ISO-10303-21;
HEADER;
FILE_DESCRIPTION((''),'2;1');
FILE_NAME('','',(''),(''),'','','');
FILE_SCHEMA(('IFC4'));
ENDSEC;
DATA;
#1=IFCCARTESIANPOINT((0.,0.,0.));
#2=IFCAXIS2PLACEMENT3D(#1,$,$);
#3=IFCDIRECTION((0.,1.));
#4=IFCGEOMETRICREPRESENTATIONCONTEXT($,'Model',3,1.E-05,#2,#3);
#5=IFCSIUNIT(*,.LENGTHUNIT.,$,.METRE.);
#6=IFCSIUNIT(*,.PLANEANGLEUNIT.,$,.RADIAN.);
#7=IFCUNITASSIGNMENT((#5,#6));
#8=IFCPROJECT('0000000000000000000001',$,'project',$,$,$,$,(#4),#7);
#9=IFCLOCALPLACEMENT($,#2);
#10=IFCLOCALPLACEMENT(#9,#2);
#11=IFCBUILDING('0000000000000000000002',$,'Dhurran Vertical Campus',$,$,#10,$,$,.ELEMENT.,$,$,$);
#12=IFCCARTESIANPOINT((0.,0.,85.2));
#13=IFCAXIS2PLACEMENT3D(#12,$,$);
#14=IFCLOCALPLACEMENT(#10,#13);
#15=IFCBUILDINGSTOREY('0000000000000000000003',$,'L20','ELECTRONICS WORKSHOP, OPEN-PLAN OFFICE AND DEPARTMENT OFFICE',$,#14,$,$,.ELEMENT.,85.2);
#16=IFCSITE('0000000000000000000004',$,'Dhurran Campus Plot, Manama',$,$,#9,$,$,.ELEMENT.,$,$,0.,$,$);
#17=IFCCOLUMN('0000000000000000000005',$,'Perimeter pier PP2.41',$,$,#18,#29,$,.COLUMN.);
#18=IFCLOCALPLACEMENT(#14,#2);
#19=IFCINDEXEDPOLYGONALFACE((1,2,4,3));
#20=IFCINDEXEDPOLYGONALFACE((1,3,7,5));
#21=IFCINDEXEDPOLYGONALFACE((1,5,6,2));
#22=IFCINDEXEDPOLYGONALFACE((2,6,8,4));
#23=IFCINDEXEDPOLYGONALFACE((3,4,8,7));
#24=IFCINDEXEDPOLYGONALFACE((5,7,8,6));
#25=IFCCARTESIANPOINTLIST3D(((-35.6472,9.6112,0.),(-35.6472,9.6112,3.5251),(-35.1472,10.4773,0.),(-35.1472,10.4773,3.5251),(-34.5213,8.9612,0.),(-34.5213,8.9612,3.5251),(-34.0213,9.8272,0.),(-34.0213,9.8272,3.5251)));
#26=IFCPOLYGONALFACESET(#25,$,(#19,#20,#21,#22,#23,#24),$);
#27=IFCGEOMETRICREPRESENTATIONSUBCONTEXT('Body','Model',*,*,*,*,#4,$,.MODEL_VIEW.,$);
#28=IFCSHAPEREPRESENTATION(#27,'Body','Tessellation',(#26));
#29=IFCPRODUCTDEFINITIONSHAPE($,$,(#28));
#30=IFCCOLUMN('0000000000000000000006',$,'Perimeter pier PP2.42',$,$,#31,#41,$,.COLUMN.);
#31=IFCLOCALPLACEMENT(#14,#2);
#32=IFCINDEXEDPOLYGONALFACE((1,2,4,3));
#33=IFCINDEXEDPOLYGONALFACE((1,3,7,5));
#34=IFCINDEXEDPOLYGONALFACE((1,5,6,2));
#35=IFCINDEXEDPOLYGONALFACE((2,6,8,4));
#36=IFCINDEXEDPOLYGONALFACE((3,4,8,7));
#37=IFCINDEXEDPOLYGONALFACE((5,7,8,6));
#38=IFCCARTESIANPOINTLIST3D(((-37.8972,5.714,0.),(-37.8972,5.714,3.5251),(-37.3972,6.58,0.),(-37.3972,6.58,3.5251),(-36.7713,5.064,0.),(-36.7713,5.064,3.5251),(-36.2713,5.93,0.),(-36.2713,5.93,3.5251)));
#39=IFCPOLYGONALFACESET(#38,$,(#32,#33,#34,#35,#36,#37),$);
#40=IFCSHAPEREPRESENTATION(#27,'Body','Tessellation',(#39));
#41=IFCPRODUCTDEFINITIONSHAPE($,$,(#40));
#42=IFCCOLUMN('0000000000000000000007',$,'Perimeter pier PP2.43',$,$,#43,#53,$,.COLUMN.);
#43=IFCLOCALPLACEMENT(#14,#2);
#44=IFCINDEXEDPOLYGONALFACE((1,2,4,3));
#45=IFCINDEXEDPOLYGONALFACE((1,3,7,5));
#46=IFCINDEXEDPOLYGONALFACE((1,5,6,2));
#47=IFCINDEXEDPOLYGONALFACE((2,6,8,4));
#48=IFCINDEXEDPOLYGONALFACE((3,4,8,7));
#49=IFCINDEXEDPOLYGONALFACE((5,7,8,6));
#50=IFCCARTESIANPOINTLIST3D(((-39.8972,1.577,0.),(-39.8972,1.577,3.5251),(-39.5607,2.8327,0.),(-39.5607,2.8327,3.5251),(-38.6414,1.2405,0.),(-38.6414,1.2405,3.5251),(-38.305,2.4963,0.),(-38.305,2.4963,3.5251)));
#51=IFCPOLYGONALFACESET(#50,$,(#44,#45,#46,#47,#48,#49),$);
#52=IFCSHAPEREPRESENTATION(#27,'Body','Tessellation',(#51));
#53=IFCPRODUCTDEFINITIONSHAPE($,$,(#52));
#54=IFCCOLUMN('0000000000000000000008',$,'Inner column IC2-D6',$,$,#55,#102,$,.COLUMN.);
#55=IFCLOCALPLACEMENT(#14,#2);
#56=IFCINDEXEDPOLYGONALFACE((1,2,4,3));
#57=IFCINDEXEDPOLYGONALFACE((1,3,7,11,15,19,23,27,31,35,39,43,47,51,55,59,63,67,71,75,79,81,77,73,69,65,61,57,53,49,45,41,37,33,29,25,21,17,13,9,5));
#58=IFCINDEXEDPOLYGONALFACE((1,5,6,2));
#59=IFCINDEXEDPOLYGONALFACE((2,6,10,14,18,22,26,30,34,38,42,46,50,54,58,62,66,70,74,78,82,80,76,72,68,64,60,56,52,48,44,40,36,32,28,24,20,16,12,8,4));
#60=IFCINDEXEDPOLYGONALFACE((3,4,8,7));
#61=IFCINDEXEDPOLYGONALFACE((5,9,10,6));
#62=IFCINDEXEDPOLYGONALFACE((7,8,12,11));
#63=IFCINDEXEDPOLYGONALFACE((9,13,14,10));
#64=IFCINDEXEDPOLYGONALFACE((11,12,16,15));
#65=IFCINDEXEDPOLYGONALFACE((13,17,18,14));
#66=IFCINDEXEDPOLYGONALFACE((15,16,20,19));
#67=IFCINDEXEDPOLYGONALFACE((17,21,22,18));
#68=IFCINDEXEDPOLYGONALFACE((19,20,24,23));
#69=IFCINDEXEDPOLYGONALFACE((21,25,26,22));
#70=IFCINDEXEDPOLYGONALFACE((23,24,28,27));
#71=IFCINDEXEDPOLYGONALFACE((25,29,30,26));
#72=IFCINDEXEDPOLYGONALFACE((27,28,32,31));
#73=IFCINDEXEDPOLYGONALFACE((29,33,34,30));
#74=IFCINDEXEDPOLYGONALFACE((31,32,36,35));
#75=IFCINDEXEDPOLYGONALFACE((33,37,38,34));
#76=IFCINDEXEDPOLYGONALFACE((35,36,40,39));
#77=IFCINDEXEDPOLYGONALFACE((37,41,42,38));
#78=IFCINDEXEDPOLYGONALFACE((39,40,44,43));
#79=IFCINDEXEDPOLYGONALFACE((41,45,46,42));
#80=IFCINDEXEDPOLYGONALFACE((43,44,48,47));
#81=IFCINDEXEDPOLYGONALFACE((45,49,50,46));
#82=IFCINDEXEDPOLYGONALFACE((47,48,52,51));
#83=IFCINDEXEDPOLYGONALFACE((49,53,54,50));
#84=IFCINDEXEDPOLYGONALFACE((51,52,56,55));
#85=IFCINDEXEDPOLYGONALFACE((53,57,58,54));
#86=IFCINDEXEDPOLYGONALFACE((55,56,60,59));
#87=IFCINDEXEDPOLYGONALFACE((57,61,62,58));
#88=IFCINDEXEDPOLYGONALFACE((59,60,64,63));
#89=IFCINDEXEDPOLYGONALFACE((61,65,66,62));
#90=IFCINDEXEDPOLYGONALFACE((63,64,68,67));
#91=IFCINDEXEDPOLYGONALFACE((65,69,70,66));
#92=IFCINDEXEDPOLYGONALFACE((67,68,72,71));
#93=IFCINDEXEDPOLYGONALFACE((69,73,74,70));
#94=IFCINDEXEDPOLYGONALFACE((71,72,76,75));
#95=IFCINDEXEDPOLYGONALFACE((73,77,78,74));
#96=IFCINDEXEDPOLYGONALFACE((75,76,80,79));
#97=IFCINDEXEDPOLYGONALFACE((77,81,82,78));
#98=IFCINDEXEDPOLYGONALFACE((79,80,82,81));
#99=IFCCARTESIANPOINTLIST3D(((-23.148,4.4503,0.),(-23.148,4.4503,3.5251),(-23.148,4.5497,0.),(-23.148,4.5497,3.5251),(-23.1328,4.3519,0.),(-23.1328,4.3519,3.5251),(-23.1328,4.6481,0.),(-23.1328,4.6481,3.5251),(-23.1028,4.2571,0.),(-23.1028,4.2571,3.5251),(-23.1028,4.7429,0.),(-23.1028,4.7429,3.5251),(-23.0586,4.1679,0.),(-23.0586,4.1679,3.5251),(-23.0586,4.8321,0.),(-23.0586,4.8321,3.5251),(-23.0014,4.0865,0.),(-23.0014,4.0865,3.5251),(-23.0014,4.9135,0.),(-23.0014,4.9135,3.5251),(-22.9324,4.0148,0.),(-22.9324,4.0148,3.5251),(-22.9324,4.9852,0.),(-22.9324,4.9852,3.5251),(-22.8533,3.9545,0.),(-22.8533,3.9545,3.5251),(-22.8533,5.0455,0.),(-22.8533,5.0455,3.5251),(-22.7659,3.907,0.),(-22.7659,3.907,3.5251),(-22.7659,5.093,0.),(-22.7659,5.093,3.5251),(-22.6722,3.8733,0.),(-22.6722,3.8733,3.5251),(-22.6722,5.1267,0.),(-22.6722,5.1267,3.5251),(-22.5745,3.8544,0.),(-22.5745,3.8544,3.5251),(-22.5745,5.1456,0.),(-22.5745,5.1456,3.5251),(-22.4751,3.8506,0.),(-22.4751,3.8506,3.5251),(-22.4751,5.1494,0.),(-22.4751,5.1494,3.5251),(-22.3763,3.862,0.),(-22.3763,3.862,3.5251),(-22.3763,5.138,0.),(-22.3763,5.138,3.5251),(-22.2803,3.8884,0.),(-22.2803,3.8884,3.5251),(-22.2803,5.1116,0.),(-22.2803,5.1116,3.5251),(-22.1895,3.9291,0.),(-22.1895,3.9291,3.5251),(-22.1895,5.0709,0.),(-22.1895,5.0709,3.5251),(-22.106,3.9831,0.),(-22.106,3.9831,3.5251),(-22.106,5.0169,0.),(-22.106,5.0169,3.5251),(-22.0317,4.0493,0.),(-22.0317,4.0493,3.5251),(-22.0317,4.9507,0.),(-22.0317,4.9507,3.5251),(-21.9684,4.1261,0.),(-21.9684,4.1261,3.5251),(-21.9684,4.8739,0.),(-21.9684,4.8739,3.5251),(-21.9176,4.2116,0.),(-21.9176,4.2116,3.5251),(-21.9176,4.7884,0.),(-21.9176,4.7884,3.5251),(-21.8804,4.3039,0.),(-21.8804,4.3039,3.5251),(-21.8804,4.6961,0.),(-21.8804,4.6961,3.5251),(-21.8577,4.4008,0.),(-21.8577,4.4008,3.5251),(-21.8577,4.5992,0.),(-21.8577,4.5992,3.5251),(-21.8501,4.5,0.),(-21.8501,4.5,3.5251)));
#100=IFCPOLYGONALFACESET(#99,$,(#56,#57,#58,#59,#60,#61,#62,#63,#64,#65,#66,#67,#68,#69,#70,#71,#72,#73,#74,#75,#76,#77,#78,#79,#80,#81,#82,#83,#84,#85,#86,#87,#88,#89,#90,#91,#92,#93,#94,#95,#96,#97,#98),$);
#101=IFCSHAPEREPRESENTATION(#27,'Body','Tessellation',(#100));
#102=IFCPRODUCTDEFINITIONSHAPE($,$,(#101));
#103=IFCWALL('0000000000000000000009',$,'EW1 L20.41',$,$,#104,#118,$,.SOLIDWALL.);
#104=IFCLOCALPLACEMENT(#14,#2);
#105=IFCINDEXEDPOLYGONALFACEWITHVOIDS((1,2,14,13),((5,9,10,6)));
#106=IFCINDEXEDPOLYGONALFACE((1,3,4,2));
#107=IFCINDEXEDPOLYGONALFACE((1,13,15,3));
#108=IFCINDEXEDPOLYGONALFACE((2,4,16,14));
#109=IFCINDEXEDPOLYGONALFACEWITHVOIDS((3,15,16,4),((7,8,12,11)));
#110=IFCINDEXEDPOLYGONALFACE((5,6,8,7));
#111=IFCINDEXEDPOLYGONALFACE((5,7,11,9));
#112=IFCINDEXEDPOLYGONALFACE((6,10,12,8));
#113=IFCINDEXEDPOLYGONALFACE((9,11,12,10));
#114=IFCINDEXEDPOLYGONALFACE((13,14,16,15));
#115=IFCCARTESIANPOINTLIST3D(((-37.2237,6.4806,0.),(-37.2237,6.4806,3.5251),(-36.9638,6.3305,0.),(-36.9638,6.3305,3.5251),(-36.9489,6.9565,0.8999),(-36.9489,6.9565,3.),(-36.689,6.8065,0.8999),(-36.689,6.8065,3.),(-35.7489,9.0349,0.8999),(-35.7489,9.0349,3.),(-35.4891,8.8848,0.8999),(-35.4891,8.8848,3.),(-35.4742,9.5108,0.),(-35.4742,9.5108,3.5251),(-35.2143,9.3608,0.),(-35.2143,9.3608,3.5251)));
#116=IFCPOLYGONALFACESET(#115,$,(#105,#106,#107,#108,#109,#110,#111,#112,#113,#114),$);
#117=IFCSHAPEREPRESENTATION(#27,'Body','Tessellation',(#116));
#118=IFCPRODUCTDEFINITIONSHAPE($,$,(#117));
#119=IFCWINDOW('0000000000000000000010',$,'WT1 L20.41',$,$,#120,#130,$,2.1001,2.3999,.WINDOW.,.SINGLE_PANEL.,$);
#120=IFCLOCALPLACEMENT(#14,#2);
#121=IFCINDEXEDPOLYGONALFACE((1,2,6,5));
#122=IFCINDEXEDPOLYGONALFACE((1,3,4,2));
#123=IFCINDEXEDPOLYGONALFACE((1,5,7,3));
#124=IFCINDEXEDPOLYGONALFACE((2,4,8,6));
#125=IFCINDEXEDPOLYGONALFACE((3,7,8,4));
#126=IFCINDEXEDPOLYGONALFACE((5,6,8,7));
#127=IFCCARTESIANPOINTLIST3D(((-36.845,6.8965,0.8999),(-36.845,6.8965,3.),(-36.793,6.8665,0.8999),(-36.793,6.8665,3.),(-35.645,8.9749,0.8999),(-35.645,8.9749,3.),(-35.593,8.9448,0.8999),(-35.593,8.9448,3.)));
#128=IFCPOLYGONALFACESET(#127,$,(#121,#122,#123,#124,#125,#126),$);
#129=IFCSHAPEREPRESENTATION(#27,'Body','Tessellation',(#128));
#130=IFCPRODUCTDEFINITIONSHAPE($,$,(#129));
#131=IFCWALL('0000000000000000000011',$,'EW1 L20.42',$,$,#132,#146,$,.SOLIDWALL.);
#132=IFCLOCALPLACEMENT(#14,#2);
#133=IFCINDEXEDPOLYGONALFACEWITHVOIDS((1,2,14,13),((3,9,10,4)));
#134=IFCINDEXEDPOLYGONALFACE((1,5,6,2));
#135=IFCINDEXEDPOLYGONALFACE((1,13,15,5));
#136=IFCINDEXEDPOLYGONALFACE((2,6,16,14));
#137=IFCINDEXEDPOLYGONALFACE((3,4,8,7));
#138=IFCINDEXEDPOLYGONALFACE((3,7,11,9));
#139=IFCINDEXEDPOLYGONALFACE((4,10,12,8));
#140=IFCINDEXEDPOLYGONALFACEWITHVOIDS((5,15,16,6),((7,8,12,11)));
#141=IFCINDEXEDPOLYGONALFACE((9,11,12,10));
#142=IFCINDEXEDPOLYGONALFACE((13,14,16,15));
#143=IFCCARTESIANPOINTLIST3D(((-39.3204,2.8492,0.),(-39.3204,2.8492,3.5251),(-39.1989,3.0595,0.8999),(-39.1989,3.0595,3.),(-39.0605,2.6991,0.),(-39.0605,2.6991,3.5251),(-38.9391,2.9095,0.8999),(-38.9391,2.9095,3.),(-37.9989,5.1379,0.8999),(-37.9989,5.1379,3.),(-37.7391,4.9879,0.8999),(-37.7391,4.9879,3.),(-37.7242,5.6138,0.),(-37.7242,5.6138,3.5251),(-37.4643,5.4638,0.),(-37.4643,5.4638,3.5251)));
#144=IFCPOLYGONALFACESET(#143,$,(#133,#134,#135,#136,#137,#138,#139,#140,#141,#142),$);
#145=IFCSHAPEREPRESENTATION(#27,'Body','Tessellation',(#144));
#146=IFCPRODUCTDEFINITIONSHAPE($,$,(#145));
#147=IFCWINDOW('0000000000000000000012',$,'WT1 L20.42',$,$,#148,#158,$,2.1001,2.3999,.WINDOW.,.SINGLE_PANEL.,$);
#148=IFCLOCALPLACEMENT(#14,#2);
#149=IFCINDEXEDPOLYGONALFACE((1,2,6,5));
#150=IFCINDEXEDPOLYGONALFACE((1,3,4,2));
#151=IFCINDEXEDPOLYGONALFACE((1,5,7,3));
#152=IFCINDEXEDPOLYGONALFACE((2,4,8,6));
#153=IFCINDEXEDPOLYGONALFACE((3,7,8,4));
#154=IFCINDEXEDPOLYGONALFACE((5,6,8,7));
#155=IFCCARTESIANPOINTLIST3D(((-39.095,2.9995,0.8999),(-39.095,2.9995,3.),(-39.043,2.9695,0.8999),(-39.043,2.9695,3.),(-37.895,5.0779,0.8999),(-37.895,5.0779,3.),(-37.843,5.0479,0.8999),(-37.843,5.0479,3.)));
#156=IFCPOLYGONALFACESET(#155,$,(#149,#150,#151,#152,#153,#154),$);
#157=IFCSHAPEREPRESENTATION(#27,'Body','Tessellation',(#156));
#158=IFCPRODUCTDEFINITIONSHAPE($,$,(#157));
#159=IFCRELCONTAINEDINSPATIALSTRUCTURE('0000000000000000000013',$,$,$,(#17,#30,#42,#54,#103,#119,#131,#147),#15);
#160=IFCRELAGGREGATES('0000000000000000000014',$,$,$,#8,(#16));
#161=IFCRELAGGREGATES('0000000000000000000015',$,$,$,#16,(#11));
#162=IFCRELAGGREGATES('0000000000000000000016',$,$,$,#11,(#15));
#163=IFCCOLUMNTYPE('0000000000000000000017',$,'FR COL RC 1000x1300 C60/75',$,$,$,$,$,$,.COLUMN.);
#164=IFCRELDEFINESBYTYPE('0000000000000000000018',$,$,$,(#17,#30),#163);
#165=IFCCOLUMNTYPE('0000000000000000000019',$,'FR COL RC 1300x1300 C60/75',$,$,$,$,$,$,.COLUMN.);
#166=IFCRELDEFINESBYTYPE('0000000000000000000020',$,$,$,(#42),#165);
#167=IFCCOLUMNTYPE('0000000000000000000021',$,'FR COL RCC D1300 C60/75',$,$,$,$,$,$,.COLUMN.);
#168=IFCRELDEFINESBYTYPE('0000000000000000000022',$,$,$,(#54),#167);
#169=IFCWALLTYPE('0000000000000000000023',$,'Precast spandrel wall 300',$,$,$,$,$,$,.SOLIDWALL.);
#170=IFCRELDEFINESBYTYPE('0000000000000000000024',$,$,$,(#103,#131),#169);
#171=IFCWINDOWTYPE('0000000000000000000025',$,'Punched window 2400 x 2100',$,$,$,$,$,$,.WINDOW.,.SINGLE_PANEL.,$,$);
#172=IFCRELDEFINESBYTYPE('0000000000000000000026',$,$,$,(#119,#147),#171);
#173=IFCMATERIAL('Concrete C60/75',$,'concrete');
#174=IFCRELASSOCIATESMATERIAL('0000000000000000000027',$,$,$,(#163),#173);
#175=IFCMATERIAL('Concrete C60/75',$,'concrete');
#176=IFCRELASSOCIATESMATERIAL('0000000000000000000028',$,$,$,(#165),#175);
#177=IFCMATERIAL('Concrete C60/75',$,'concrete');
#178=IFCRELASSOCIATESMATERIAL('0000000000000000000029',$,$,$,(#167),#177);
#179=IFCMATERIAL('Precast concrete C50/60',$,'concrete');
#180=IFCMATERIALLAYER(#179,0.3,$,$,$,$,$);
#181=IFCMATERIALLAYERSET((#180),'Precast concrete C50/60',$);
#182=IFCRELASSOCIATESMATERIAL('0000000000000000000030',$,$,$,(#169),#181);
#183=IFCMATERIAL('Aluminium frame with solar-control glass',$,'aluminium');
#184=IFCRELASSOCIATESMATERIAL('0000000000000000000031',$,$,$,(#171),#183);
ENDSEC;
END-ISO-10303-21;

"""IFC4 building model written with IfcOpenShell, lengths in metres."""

from ifc_helpers import new_model, si_unit, direction, frame, frame_2d, origin, origin_2d, place, context, subcontext, project, spatial, rectangle, circle, extrude, material, layer, layer_set, material_profile, profile_set, type_object, element, fill, save


model = new_model("IFC4")

# Units and contexts
model_context = context("Model", 3, precision=1e-05, world=origin(), true_north=direction((0.0, 1.0)))
body_context = subcontext(model_context, "Body", "Model", "MODEL_VIEW")
ifc_project = project(units=[si_unit("LENGTHUNIT", "METRE"), si_unit("PLANEANGLEUNIT", "RADIAN")], contexts=[model_context])

# Site, building, storey
site_placement = place(None, origin())
site = spatial("IfcSite", under=ifc_project, at=site_placement, Name="Dhurran Campus Plot, Manama", CompositionType="ELEMENT", RefElevation=0.0)
building_placement = place(site_placement, origin())
building = spatial("IfcBuilding", under=site, at=building_placement, Name="Dhurran Vertical Campus", CompositionType="ELEMENT")
storey_placement = place(building_placement, frame((0.0, 0.0, 85.2)))
storey = spatial("IfcBuildingStorey", under=building, at=storey_placement, Name="L20", Description="ELECTRONICS WORKSHOP, OPEN-PLAN OFFICE AND DEPARTMENT OFFICE", CompositionType="ELEMENT", Elevation=85.2)

# Columns
ifc_material_1 = material(Name="Concrete C60/75", Category="concrete")
ifc_material_profile_1 = material_profile(ifc_material_1, rectangle(XDim=1.0, YDim=1.3, at=origin_2d()), Name="RC 1000x1300")
ifc_profile_set_1 = profile_set([ifc_material_profile_1], Name="Concrete C60/75")
column_type_1 = type_object("IfcColumnType", Name="FR COL RC 1000x1300 C60/75", PredefinedType="COLUMN", material=ifc_profile_set_1)
for number, where, z_axis, x_axis, name in (
    (1, (-34.8342, 9.7192, 0.0), (0.0, 0.0, 1.0), (-0.5, -0.866025, 0.0), "Perimeter pier PP2.41"),
    (2, (-37.0842, 5.822, 0.0), (0.0, 0.0, 1.0), (-0.5, -0.866025, 0.0), "Perimeter pier PP2.42"),
):
    element("IfcColumn", number, at=place(storey_placement, frame(where, z_axis=z_axis, x_axis=x_axis)), inside=storey, type_object=column_type_1, Name=name, PredefinedType="COLUMN", context=body_context, shape_type="SweptSolid", body=[
        extrude(rectangle(XDim=1.0, YDim=1.3, at=origin_2d()), origin(), (0.0, 0.0, 1.0), 3.5251),
    ])
ifc_material_2 = material(Name="Concrete C60/75", Category="concrete")
ifc_material_profile_2 = material_profile(ifc_material_2, rectangle(XDim=1.3, YDim=1.3, at=origin_2d()), Name="RC 1300x1300")
ifc_profile_set_2 = profile_set([ifc_material_profile_2], Name="Concrete C60/75")
column_type_2 = type_object("IfcColumnType", Name="FR COL RC 1300x1300 C60/75", PredefinedType="COLUMN", material=ifc_profile_set_2)
column_1_placement = place(storey_placement, frame((-39.1011, 2.0366, 0.0), z_axis=(0.0, 0.0, 1.0), x_axis=(-0.258819, -0.965926, 0.0)))
element("IfcColumn", 3, at=column_1_placement, inside=storey, type_object=column_type_2, Name="Perimeter pier PP2.43", PredefinedType="COLUMN", context=body_context, shape_type="SweptSolid", body=[
    extrude(rectangle(XDim=1.3, YDim=1.3, at=origin_2d()), origin(), (0.0, 0.0, 1.0), 3.5251),
])
ifc_material_3 = material(Name="Concrete C60/75", Category="concrete")
ifc_material_profile_3 = material_profile(ifc_material_3, circle(Radius=0.6499, at=origin_2d()), Name="RCC D1300")
ifc_profile_set_3 = profile_set([ifc_material_profile_3], Name="Concrete C60/75")
column_type_3 = type_object("IfcColumnType", Name="FR COL RCC D1300 C60/75", PredefinedType="COLUMN", material=ifc_profile_set_3)
column_2_placement = place(storey_placement, frame((-22.5, 4.5, 0.0), z_axis=(0.0, 0.0, 1.0), x_axis=(1.0, 0.0, 0.0)))
element("IfcColumn", 4, at=column_2_placement, inside=storey, type_object=column_type_3, Name="Inner column IC2-D6", PredefinedType="COLUMN", context=body_context, shape_type="SweptSolid", body=[
    extrude(circle(Radius=0.6499, at=origin_2d()), origin(), (0.0, 0.0, 1.0), 3.5251),
])

# Walls, openings, windows
ifc_material_4 = material(Name="Precast concrete C50/60", Category="concrete")
ifc_layer_1 = layer(ifc_material_4, 0.3)
ifc_layer_set_1 = layer_set([ifc_layer_1], Name="Precast concrete C50/60")
wall_type_1 = type_object("IfcWallType", Name="Precast spandrel wall 300", PredefinedType="SOLIDWALL", material=ifc_layer_set_1)
wall_1_placement = place(storey_placement, frame((-35.3442, 9.4358, 0.0), z_axis=(0.0, 0.0, 1.0), x_axis=(-0.499996, -0.866028, 0.0)))
wall_1 = element("IfcWall", 5, at=wall_1_placement, inside=storey, type_object=wall_type_1, Name="EW1 L20.41", PredefinedType="SOLIDWALL", context=body_context, shape_type="SweptSolid", body=[
    extrude(rectangle(XDim=3.499, YDim=0.3, at=frame_2d((1.7495, 0.0))), origin(), (0.0, 0.0, 1.0), 3.5251),
])
opening_1_placement = place(wall_1_placement, frame((0.5496, 0.0, 0.8999)))
opening_1 = element("IfcOpeningElement", 6, at=opening_1_placement, cuts=wall_1, PredefinedType="OPENING", context=body_context, shape_type="SweptSolid", body=[
    extrude(rectangle(XDim=2.3999, YDim=2.1001, at=frame_2d((1.2, 1.05))), frame((0.0, 0.1599, 0.0), z_axis=(0.0, -1.0, 0.0), x_axis=(1.0, 0.0, 0.0)), (0.0, 0.0, 1.0), 0.3201),
])
ifc_material_5 = material(Name="Aluminium frame with solar-control glass", Category="aluminium")
window_type = type_object("IfcWindowType", Name="Punched window 2400 x 2100", PartitioningType="SINGLE_PANEL", PredefinedType="WINDOW", material=ifc_material_5)
window_1_placement = place(opening_1_placement, origin())
window_1 = element("IfcWindow", 7, at=window_1_placement, inside=storey, type_object=window_type, Name="WT1 L20.41", OverallHeight=2.1001, OverallWidth=2.3999, PartitioningType="SINGLE_PANEL", PredefinedType="WINDOW", context=body_context, shape_type="SweptSolid", body=[
    extrude(rectangle(XDim=2.3999, YDim=2.1001, at=frame_2d((1.2, 1.05))), frame((0.0, 0.03, 0.0), z_axis=(0.0, -1.0, 0.0), x_axis=(1.0, 0.0, 0.0)), (0.0, 0.0, 1.0), 0.0601),
])
fill(opening_1, window_1)
wall_2_placement = place(storey_placement, frame((-37.5942, 5.5388, 0.0), z_axis=(0.0, 0.0, 1.0), x_axis=(-0.500005, -0.866023, 0.0)))
wall_2 = element("IfcWall", 8, at=wall_2_placement, inside=storey, type_object=wall_type_1, Name="EW1 L20.42", PredefinedType="SOLIDWALL", context=body_context, shape_type="SweptSolid", body=[
    extrude(rectangle(XDim=3.1924, YDim=0.3, at=frame_2d((1.5962, 0.0))), origin(), (0.0, 0.0, 1.0), 3.5251),
])
opening_2_placement = place(wall_2_placement, frame((0.5496, 0.0, 0.8999)))
opening_2 = element("IfcOpeningElement", 9, at=opening_2_placement, cuts=wall_2, PredefinedType="OPENING", context=body_context, shape_type="SweptSolid", body=[
    extrude(rectangle(XDim=2.3999, YDim=2.1001, at=frame_2d((1.2, 1.05))), frame((0.0, 0.1599, 0.0), z_axis=(0.0, -1.0, 0.0), x_axis=(1.0, 0.0, 0.0)), (0.0, 0.0, 1.0), 0.3201),
])
window_2_placement = place(opening_2_placement, origin())
window_2 = element("IfcWindow", 10, at=window_2_placement, inside=storey, type_object=window_type, Name="WT1 L20.42", OverallHeight=2.1001, OverallWidth=2.3999, PartitioningType="SINGLE_PANEL", PredefinedType="WINDOW", context=body_context, shape_type="SweptSolid", body=[
    extrude(rectangle(XDim=2.3999, YDim=2.1001, at=frame_2d((1.2, 1.05))), frame((0.0, 0.03, 0.0), z_axis=(0.0, -1.0, 0.0), x_axis=(1.0, 0.0, 0.0)), (0.0, 0.0, 1.0), 0.0601),
])
fill(opening_2, window_2)

save(model, "model.ifc")
